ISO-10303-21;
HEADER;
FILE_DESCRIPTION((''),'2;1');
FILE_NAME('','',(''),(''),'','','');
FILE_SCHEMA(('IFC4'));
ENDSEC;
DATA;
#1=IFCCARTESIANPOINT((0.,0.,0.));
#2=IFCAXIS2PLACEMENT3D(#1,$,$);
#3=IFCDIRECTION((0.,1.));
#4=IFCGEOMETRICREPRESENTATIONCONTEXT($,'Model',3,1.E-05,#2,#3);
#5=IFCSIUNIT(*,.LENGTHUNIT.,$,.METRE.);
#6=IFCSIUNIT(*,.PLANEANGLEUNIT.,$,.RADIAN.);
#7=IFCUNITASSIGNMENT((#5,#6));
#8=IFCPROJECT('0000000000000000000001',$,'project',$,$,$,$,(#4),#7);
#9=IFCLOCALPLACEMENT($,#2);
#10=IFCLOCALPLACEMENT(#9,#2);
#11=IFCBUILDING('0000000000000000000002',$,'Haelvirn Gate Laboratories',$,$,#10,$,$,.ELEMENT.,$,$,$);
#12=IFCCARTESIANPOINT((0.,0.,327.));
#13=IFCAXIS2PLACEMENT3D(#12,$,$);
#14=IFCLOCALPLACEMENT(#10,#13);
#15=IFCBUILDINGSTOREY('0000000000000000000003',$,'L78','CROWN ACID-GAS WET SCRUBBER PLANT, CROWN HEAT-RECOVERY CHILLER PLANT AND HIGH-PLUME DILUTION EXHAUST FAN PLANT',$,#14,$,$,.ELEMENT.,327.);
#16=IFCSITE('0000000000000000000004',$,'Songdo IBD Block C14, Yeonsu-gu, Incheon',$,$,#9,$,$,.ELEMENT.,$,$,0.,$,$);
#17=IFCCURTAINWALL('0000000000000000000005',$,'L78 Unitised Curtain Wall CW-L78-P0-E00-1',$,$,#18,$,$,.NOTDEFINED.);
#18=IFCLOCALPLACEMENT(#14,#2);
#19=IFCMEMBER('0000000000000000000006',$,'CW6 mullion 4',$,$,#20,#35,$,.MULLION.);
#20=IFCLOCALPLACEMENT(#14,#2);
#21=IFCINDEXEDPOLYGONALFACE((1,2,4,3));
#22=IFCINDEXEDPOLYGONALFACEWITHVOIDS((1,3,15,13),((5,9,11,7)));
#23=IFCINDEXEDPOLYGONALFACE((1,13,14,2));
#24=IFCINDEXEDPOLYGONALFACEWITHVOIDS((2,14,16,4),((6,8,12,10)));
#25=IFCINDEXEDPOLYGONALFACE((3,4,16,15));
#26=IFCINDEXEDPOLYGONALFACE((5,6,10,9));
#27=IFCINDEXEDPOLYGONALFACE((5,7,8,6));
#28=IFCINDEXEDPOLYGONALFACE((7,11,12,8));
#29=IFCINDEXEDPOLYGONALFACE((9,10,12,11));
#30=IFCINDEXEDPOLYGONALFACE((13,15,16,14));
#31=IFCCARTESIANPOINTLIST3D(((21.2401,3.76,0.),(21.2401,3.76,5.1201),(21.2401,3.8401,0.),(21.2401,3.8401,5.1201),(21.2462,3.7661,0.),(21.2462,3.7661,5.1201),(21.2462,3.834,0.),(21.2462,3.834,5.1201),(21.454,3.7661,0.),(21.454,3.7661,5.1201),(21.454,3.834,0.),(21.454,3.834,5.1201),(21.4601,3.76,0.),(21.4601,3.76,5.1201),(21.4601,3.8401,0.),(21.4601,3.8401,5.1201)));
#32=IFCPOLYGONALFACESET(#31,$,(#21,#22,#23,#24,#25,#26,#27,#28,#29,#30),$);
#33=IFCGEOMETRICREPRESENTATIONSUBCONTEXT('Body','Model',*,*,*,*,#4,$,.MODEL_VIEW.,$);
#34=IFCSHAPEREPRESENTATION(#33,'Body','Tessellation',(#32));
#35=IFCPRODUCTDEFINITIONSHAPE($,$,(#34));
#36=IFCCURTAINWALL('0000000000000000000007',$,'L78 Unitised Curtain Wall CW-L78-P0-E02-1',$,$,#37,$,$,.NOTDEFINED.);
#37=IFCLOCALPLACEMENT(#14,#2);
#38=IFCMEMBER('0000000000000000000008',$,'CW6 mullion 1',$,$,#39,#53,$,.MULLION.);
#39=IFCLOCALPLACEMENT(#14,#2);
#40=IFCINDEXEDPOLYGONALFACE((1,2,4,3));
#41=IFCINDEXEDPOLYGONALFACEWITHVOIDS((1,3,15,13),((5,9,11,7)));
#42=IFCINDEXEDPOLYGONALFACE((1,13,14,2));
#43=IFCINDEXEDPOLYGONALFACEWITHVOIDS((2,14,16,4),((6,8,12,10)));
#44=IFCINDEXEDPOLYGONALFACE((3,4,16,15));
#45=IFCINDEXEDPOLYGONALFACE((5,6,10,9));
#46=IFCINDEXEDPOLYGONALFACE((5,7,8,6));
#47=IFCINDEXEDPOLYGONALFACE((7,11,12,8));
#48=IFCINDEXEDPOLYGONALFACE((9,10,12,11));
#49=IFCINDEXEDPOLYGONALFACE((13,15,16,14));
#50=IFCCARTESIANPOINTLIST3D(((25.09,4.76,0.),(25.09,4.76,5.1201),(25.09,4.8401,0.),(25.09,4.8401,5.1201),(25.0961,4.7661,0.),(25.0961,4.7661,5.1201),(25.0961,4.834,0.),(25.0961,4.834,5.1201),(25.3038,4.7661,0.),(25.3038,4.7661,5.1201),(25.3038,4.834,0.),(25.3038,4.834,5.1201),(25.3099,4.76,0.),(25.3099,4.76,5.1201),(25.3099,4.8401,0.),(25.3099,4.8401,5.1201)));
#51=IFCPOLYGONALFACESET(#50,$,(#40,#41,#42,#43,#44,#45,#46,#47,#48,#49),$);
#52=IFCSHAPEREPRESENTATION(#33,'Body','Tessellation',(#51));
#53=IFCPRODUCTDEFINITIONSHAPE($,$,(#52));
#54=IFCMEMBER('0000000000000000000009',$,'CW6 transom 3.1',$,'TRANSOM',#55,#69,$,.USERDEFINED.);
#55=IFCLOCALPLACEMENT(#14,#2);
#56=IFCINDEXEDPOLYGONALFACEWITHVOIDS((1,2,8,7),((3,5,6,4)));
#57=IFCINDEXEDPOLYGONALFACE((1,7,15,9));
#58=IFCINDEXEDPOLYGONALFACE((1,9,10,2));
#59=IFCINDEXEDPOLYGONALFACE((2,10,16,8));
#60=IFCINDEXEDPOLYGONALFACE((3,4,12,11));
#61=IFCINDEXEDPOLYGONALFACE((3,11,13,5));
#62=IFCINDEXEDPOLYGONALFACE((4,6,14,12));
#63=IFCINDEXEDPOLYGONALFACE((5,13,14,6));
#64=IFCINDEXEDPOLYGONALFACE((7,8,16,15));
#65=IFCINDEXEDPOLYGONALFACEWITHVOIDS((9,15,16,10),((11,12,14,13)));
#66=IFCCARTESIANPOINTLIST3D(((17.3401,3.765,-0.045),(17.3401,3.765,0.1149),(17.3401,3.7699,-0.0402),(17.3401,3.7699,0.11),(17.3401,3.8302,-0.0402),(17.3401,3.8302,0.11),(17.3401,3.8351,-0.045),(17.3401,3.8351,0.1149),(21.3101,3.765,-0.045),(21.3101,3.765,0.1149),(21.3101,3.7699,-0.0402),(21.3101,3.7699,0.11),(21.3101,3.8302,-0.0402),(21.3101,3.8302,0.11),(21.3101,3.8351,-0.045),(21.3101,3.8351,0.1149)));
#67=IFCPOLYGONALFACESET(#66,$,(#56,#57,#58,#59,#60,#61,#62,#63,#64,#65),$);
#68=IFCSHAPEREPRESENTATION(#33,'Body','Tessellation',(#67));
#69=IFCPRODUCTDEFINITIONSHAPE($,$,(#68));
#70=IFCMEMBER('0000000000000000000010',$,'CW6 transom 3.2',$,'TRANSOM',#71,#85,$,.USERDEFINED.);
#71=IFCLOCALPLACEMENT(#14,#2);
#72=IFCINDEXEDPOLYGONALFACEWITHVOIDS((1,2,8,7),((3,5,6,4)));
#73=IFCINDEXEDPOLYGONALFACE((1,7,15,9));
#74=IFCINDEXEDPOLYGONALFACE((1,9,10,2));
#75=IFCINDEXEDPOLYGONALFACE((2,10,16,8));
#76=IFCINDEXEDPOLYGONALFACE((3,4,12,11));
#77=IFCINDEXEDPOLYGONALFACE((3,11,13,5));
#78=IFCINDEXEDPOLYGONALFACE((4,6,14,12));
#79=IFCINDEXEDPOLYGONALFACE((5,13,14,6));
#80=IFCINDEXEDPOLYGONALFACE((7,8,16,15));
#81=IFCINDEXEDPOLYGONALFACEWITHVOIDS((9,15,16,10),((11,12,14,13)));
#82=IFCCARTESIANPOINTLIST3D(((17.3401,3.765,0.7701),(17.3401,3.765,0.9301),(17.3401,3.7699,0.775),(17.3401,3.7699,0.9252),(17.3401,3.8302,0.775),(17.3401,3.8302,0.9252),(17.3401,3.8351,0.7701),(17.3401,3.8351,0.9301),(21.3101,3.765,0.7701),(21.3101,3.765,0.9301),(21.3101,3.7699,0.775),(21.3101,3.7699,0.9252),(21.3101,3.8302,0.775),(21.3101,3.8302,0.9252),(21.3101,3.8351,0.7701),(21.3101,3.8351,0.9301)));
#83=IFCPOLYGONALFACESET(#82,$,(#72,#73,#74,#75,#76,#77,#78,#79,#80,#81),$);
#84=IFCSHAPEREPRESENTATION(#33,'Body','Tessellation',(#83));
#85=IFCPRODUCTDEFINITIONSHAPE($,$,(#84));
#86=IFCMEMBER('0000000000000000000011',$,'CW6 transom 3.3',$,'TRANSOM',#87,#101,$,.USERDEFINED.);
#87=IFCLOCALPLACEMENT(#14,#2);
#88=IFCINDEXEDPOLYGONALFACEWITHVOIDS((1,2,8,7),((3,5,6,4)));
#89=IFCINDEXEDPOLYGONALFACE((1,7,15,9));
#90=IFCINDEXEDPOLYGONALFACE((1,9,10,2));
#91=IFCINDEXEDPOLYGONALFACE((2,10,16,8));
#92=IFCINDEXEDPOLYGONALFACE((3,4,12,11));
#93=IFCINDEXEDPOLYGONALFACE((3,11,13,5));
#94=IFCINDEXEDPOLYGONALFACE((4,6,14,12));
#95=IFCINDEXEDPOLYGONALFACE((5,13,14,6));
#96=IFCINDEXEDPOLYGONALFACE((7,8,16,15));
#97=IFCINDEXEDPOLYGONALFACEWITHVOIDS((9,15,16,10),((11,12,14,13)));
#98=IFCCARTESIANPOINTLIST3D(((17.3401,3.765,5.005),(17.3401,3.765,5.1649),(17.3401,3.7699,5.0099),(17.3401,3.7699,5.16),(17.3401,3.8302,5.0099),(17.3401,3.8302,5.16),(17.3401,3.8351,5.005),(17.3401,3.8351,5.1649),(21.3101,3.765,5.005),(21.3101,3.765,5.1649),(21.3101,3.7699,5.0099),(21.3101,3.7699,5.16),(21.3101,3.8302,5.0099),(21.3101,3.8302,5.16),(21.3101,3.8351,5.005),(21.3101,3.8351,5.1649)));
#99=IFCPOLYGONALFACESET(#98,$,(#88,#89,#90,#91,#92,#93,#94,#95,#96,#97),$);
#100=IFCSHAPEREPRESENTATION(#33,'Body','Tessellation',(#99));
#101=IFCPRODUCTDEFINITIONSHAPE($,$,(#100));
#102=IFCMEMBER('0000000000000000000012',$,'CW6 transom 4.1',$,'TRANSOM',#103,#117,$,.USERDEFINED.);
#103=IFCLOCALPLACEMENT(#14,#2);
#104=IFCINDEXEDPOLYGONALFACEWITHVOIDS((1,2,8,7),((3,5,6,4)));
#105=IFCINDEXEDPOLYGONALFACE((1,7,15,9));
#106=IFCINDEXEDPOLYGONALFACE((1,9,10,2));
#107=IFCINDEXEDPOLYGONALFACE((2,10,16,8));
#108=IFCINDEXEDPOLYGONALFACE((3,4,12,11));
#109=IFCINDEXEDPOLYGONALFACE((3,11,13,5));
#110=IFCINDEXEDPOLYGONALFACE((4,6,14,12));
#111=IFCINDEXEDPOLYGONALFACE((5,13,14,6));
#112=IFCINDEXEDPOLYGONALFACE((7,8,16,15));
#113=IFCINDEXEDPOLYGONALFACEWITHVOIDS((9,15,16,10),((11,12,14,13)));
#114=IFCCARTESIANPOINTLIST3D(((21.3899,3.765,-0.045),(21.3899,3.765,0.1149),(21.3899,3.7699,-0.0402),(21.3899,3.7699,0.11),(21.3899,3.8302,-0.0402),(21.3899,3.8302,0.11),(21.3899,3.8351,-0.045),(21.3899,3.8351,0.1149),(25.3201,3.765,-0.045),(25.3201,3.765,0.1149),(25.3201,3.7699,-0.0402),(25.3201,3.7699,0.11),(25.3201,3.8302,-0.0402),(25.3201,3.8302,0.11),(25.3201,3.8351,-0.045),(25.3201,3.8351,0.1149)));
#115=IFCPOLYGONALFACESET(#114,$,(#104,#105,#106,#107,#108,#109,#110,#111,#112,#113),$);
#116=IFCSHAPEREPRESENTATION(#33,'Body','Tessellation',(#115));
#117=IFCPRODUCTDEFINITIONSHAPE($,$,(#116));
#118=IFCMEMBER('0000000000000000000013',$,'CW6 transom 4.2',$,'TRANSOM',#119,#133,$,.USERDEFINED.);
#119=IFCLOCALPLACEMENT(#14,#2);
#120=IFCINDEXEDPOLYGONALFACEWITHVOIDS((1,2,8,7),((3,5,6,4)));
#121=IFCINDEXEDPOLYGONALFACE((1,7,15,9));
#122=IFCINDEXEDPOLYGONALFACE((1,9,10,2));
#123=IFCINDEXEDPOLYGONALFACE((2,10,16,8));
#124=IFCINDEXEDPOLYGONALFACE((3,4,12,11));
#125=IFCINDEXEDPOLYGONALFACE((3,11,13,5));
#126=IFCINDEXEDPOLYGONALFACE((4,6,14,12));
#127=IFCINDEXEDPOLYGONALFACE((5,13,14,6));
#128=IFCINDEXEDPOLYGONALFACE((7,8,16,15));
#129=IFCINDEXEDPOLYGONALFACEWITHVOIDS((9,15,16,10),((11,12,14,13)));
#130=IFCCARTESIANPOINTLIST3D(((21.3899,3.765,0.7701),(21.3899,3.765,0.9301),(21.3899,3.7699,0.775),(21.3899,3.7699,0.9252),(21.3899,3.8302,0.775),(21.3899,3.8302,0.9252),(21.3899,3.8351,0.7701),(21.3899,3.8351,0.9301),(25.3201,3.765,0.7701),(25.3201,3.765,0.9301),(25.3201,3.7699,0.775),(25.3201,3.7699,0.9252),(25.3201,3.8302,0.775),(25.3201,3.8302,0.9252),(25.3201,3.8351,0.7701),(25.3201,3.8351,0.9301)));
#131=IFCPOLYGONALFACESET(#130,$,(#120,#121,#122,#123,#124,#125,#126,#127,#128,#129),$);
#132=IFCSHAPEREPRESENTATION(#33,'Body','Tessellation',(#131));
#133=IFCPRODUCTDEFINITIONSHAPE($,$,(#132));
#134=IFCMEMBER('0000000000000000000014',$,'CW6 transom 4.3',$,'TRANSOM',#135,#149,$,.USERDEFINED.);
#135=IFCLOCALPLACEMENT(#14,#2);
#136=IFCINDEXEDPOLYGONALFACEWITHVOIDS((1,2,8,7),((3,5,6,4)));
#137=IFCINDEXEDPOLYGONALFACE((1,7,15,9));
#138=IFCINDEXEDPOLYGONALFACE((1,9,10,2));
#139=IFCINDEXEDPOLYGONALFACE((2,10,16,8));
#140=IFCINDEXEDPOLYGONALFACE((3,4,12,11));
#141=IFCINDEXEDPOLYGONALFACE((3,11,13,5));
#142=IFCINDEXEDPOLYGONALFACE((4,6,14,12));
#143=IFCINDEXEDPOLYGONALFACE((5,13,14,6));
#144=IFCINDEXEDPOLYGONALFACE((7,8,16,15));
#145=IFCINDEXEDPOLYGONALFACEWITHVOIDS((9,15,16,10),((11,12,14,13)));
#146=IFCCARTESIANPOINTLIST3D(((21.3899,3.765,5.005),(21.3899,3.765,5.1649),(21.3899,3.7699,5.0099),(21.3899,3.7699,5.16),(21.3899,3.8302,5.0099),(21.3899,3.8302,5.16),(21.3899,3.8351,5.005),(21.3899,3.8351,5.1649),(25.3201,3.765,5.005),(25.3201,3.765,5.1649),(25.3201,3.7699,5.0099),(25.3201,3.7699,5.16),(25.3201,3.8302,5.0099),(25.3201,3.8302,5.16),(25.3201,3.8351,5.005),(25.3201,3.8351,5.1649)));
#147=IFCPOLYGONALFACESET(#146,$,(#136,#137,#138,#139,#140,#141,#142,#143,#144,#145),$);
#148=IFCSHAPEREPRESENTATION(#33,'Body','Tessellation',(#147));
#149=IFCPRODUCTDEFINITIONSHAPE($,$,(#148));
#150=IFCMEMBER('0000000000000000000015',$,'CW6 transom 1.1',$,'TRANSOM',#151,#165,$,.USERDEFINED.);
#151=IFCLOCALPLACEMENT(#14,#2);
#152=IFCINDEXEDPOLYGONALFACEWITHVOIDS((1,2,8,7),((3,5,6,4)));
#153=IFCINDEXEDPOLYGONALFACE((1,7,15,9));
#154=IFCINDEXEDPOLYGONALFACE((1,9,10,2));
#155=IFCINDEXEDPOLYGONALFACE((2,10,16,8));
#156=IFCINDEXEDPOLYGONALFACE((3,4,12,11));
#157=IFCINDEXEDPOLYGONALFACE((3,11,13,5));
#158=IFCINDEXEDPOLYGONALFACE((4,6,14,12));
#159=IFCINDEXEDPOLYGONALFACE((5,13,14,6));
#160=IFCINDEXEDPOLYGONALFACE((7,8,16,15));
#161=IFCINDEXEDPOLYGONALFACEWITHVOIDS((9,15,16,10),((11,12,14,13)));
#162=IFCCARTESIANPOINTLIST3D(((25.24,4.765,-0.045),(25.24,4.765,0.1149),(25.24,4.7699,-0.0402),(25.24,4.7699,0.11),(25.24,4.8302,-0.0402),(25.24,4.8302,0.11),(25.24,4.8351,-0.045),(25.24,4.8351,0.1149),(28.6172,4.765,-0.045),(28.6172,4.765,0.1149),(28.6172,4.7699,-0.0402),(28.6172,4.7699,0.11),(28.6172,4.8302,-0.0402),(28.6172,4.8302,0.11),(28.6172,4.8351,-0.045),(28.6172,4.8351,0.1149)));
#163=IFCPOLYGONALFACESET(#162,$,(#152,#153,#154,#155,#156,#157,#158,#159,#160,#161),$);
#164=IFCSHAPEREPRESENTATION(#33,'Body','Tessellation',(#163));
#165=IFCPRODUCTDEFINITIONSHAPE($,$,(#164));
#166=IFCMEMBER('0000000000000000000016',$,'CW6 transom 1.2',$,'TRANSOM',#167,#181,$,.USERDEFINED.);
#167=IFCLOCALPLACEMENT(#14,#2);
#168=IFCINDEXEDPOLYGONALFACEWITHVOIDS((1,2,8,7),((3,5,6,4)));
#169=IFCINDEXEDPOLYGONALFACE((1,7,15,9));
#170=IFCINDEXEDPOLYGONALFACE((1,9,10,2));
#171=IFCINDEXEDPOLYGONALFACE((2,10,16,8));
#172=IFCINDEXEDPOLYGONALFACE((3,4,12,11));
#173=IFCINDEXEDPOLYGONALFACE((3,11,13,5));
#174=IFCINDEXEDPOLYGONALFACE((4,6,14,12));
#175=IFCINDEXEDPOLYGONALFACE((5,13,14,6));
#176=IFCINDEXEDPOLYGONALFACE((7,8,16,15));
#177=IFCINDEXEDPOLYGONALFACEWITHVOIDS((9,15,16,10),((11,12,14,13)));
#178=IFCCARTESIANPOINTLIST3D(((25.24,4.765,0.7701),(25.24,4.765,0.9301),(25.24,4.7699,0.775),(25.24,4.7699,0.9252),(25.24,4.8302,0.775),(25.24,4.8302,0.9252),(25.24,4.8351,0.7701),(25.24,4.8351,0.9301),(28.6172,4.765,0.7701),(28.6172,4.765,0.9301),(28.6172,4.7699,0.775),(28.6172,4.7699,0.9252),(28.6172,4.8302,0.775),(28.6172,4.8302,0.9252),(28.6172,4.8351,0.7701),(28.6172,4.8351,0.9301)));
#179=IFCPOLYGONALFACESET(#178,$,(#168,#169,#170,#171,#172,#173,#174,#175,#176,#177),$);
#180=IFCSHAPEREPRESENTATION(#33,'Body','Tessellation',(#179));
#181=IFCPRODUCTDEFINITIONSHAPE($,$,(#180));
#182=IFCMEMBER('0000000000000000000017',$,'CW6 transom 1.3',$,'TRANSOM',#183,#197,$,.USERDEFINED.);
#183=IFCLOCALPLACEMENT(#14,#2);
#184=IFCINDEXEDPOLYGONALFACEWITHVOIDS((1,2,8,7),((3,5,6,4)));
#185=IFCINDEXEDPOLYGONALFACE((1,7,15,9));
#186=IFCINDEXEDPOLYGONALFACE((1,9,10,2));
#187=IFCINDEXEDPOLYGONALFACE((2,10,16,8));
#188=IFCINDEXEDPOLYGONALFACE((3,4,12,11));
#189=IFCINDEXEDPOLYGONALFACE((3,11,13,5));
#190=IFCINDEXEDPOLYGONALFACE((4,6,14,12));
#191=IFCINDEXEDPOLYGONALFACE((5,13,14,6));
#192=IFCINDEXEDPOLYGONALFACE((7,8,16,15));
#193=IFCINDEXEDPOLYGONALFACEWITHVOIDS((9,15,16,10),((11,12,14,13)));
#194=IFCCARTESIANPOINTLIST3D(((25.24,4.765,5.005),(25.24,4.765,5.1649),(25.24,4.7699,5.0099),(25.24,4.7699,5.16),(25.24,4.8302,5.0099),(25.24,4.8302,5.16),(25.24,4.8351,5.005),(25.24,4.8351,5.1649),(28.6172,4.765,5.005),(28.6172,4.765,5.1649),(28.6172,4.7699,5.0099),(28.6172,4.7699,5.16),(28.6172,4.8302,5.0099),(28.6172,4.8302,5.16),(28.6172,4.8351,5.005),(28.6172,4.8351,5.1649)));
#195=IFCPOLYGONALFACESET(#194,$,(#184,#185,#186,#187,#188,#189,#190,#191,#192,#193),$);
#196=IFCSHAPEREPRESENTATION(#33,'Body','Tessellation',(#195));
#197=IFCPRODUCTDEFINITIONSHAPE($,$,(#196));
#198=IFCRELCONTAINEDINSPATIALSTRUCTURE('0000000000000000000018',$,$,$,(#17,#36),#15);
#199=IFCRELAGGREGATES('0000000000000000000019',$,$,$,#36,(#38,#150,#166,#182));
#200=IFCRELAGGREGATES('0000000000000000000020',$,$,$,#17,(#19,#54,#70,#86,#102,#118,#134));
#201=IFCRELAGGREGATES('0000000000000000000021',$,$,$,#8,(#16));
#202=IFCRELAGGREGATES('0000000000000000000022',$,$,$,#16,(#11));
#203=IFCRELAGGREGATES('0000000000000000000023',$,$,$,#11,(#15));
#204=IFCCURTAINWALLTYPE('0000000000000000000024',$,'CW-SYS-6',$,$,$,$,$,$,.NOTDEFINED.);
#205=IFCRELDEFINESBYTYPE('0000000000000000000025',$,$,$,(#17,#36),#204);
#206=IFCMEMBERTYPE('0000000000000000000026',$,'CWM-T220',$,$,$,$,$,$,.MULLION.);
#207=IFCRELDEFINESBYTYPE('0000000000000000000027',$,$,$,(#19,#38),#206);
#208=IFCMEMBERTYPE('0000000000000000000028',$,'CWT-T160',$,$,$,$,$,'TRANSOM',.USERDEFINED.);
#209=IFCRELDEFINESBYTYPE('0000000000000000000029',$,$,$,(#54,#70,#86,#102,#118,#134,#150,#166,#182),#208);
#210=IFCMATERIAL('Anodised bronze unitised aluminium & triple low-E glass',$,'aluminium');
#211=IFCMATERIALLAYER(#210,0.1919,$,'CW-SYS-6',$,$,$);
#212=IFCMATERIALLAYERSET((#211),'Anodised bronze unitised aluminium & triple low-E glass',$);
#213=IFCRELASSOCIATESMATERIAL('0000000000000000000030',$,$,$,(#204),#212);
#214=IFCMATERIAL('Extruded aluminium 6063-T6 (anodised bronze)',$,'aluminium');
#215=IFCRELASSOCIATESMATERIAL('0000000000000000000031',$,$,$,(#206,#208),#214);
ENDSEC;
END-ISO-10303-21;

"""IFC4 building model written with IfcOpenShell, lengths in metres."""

from ifc_helpers import new_model, si_unit, direction, frame, origin, origin_2d, place, context, subcontext, project, spatial, hollow_rectangle, extrude, source, transform, mapped, material, layer, layer_set, material_profile, profile_set, type_object, type_shapes, element, aggregate, save


model = new_model("IFC4")

# Units and contexts
model_context = context("Model", 3, precision=1e-05, world=origin(), true_north=direction((0.0, 1.0)))
body_context = subcontext(model_context, "Body", "Model", "MODEL_VIEW")
ifc_project = project(units=[si_unit("LENGTHUNIT", "METRE"), si_unit("PLANEANGLEUNIT", "RADIAN")], contexts=[model_context])

# Site, building, storey
site_placement = place(None, origin())
site = spatial("IfcSite", under=ifc_project, at=site_placement, Name="Songdo IBD Block C14, Yeonsu-gu, Incheon", CompositionType="ELEMENT", RefElevation=0.0)
building_placement = place(site_placement, origin())
building = spatial("IfcBuilding", under=site, at=building_placement, Name="Haelvirn Gate Laboratories", CompositionType="ELEMENT")
storey_placement = place(building_placement, frame((0.0, 0.0, 327.0)))
storey = spatial("IfcBuildingStorey", under=building, at=storey_placement, Name="L78", Description="CROWN ACID-GAS WET SCRUBBER PLANT, CROWN HEAT-RECOVERY CHILLER PLANT AND HIGH-PLUME DILUTION EXHAUST FAN PLANT", CompositionType="ELEMENT", Elevation=327.0)

# Curtain wall, member
ifc_material_1 = material(Name="Anodised bronze unitised aluminium & triple low-E glass", Category="aluminium")
ifc_layer_1 = layer(ifc_material_1, 0.1919, Name="CW-SYS-6")
ifc_layer_set_1 = layer_set([ifc_layer_1], Name="Anodised bronze unitised aluminium & triple low-E glass")
curtain_wall_type = type_object("IfcCurtainWallType", Name="CW-SYS-6", PredefinedType="NOTDEFINED", material=ifc_layer_set_1)
curtain_wall_1_placement = place(storey_placement, origin())
curtain_wall_1 = element("IfcCurtainWall", 1, at=curtain_wall_1_placement, inside=storey, type_object=curtain_wall_type, Name="L78 Unitised Curtain Wall CW-L78-P0-E00-1", PredefinedType="NOTDEFINED")
ifc_material_2 = material(Name="Extruded aluminium 6063-T6 (anodised bronze)", Category="aluminium")
ifc_material_profile_1 = material_profile(ifc_material_2, hollow_rectangle(XDim=0.0801, YDim=0.22, WallThickness=0.0061, at=origin_2d()), Name="CWM-220x80x6")
ifc_profile_set_1 = profile_set([ifc_material_profile_1], Name="Extruded aluminium 6063-T6 (anodised bronze)")
member_type_1 = type_object("IfcMemberType", Name="CWM-T220", PredefinedType="MULLION", material=ifc_profile_set_1)
shared_shape_1 = source(origin(), body_context, "Body", "SweptSolid", [
    extrude(hollow_rectangle(XDim=0.0801, YDim=0.22, WallThickness=0.0061, at=origin_2d()), origin(), (0.0, 0.0, 1.0), 5.1201),
])
type_shapes(member_type_1, [shared_shape_1])
member_1_placement = place(storey_placement, frame((21.3501, 3.8, 0.0), z_axis=(0.0, 0.0, 1.0), x_axis=(0.0, 1.0, 0.0)))
member_1 = element("IfcMember", 2, at=member_1_placement, type_object=member_type_1, Name="CW6 mullion 4", PredefinedType="MULLION", context=body_context, shape_type="MappedRepresentation", body=[
    mapped(shared_shape_1, transform((0.0, 0.0, 0.0), scale=1.0)),
])

# Curtain wall, member
curtain_wall_2_placement = place(storey_placement, origin())
curtain_wall_2 = element("IfcCurtainWall", 3, at=curtain_wall_2_placement, inside=storey, type_object=curtain_wall_type, Name="L78 Unitised Curtain Wall CW-L78-P0-E02-1", PredefinedType="NOTDEFINED")
member_2_placement = place(storey_placement, frame((25.2, 4.8, 0.0), z_axis=(0.0, 0.0, 1.0), x_axis=(0.0, 1.0, 0.0)))
member_2 = element("IfcMember", 4, at=member_2_placement, type_object=member_type_1, Name="CW6 mullion 1", PredefinedType="MULLION", context=body_context, shape_type="MappedRepresentation", body=[
    mapped(shared_shape_1, transform((0.0, 0.0, 0.0), scale=1.0)),
])

# Members
ifc_material_profile_2 = material_profile(ifc_material_2, hollow_rectangle(XDim=0.0701, YDim=0.1599, WallThickness=0.0049, at=origin_2d()), Name="CWT-160x70x5")
ifc_profile_set_2 = profile_set([ifc_material_profile_2], Name="Extruded aluminium 6063-T6 (anodised bronze)")
member_type_2 = type_object("IfcMemberType", Name="CWT-T160", ElementType="TRANSOM", PredefinedType="USERDEFINED", material=ifc_profile_set_2)
shared_shape_2 = source(origin(), body_context, "Body", "SweptSolid", [
    extrude(hollow_rectangle(XDim=0.0701, YDim=0.1599, WallThickness=0.0049, at=origin_2d()), origin(), (0.0, 0.0, 1.0), 3.97),
])
member_3_placement = place(storey_placement, frame((17.3401, 3.8, 0.0349), z_axis=(1.0, 0.0, 0.0), x_axis=(0.0, 1.0, 0.0)))
member_3 = element("IfcMember", 5, at=member_3_placement, type_object=member_type_2, Name="CW6 transom 3.1", ObjectType="TRANSOM", PredefinedType="USERDEFINED", context=body_context, shape_type="MappedRepresentation", body=[
    mapped(shared_shape_2, transform((0.0, 0.0, 0.0), scale=1.0)),
])
member_4_placement = place(storey_placement, frame((17.3401, 3.8, 0.8501), z_axis=(1.0, 0.0, 0.0), x_axis=(0.0, 1.0, 0.0)))
member_4 = element("IfcMember", 6, at=member_4_placement, type_object=member_type_2, Name="CW6 transom 3.2", ObjectType="TRANSOM", PredefinedType="USERDEFINED", context=body_context, shape_type="MappedRepresentation", body=[
    mapped(shared_shape_2, transform((0.0, 0.0, 0.0), scale=1.0)),
])
member_5_placement = place(storey_placement, frame((17.3401, 3.8, 5.085), z_axis=(1.0, 0.0, 0.0), x_axis=(0.0, 1.0, 0.0)))
member_5 = element("IfcMember", 7, at=member_5_placement, type_object=member_type_2, Name="CW6 transom 3.3", ObjectType="TRANSOM", PredefinedType="USERDEFINED", context=body_context, shape_type="MappedRepresentation", body=[
    mapped(shared_shape_2, transform((0.0, 0.0, 0.0), scale=1.0)),
])
shared_shape_3 = source(origin(), body_context, "Body", "SweptSolid", [
    extrude(hollow_rectangle(XDim=0.0701, YDim=0.1599, WallThickness=0.0049, at=origin_2d()), origin(), (0.0, 0.0, 1.0), 3.9302),
])
member_6_placement = place(storey_placement, frame((21.3899, 3.8, 0.0349), z_axis=(1.0, 0.0, 0.0), x_axis=(0.0, 1.0, 0.0)))
member_6 = element("IfcMember", 8, at=member_6_placement, type_object=member_type_2, Name="CW6 transom 4.1", ObjectType="TRANSOM", PredefinedType="USERDEFINED", context=body_context, shape_type="MappedRepresentation", body=[
    mapped(shared_shape_3, transform((0.0, 0.0, 0.0), scale=1.0)),
])
member_7_placement = place(storey_placement, frame((21.3899, 3.8, 0.8501), z_axis=(1.0, 0.0, 0.0), x_axis=(0.0, 1.0, 0.0)))
member_7 = element("IfcMember", 9, at=member_7_placement, type_object=member_type_2, Name="CW6 transom 4.2", ObjectType="TRANSOM", PredefinedType="USERDEFINED", context=body_context, shape_type="MappedRepresentation", body=[
    mapped(shared_shape_3, transform((0.0, 0.0, 0.0), scale=1.0)),
])
member_8_placement = place(storey_placement, frame((21.3899, 3.8, 5.085), z_axis=(1.0, 0.0, 0.0), x_axis=(0.0, 1.0, 0.0)))
member_8 = element("IfcMember", 10, at=member_8_placement, type_object=member_type_2, Name="CW6 transom 4.3", ObjectType="TRANSOM", PredefinedType="USERDEFINED", context=body_context, shape_type="MappedRepresentation", body=[
    mapped(shared_shape_3, transform((0.0, 0.0, 0.0), scale=1.0)),
])
shared_shape_4 = source(origin(), body_context, "Body", "SweptSolid", [
    extrude(hollow_rectangle(XDim=0.0701, YDim=0.1599, WallThickness=0.0049, at=origin_2d()), origin(), (0.0, 0.0, 1.0), 3.3772),
])
type_shapes(member_type_2, [shared_shape_2, shared_shape_3, shared_shape_4])
member_9_placement = place(storey_placement, frame((25.24, 4.8, 0.0349), z_axis=(1.0, 0.0, 0.0), x_axis=(0.0, 1.0, 0.0)))
member_9 = element("IfcMember", 11, at=member_9_placement, type_object=member_type_2, Name="CW6 transom 1.1", ObjectType="TRANSOM", PredefinedType="USERDEFINED", context=body_context, shape_type="MappedRepresentation", body=[
    mapped(shared_shape_4, transform((0.0, 0.0, 0.0), scale=1.0)),
])
member_10_placement = place(storey_placement, frame((25.24, 4.8, 0.8501), z_axis=(1.0, 0.0, 0.0), x_axis=(0.0, 1.0, 0.0)))
member_10 = element("IfcMember", 12, at=member_10_placement, type_object=member_type_2, Name="CW6 transom 1.2", ObjectType="TRANSOM", PredefinedType="USERDEFINED", context=body_context, shape_type="MappedRepresentation", body=[
    mapped(shared_shape_4, transform((0.0, 0.0, 0.0), scale=1.0)),
])
member_11_placement = place(storey_placement, frame((25.24, 4.8, 5.085), z_axis=(1.0, 0.0, 0.0), x_axis=(0.0, 1.0, 0.0)))
member_11 = element("IfcMember", 13, at=member_11_placement, type_object=member_type_2, Name="CW6 transom 1.3", ObjectType="TRANSOM", PredefinedType="USERDEFINED", context=body_context, shape_type="MappedRepresentation", body=[
    mapped(shared_shape_4, transform((0.0, 0.0, 0.0), scale=1.0)),
])
aggregate(curtain_wall_2, [member_2, member_9, member_10, member_11])

aggregate(curtain_wall_1, [member_1, member_3, member_4, member_5, member_6, member_7, member_8])

save(model, "model.ifc")
